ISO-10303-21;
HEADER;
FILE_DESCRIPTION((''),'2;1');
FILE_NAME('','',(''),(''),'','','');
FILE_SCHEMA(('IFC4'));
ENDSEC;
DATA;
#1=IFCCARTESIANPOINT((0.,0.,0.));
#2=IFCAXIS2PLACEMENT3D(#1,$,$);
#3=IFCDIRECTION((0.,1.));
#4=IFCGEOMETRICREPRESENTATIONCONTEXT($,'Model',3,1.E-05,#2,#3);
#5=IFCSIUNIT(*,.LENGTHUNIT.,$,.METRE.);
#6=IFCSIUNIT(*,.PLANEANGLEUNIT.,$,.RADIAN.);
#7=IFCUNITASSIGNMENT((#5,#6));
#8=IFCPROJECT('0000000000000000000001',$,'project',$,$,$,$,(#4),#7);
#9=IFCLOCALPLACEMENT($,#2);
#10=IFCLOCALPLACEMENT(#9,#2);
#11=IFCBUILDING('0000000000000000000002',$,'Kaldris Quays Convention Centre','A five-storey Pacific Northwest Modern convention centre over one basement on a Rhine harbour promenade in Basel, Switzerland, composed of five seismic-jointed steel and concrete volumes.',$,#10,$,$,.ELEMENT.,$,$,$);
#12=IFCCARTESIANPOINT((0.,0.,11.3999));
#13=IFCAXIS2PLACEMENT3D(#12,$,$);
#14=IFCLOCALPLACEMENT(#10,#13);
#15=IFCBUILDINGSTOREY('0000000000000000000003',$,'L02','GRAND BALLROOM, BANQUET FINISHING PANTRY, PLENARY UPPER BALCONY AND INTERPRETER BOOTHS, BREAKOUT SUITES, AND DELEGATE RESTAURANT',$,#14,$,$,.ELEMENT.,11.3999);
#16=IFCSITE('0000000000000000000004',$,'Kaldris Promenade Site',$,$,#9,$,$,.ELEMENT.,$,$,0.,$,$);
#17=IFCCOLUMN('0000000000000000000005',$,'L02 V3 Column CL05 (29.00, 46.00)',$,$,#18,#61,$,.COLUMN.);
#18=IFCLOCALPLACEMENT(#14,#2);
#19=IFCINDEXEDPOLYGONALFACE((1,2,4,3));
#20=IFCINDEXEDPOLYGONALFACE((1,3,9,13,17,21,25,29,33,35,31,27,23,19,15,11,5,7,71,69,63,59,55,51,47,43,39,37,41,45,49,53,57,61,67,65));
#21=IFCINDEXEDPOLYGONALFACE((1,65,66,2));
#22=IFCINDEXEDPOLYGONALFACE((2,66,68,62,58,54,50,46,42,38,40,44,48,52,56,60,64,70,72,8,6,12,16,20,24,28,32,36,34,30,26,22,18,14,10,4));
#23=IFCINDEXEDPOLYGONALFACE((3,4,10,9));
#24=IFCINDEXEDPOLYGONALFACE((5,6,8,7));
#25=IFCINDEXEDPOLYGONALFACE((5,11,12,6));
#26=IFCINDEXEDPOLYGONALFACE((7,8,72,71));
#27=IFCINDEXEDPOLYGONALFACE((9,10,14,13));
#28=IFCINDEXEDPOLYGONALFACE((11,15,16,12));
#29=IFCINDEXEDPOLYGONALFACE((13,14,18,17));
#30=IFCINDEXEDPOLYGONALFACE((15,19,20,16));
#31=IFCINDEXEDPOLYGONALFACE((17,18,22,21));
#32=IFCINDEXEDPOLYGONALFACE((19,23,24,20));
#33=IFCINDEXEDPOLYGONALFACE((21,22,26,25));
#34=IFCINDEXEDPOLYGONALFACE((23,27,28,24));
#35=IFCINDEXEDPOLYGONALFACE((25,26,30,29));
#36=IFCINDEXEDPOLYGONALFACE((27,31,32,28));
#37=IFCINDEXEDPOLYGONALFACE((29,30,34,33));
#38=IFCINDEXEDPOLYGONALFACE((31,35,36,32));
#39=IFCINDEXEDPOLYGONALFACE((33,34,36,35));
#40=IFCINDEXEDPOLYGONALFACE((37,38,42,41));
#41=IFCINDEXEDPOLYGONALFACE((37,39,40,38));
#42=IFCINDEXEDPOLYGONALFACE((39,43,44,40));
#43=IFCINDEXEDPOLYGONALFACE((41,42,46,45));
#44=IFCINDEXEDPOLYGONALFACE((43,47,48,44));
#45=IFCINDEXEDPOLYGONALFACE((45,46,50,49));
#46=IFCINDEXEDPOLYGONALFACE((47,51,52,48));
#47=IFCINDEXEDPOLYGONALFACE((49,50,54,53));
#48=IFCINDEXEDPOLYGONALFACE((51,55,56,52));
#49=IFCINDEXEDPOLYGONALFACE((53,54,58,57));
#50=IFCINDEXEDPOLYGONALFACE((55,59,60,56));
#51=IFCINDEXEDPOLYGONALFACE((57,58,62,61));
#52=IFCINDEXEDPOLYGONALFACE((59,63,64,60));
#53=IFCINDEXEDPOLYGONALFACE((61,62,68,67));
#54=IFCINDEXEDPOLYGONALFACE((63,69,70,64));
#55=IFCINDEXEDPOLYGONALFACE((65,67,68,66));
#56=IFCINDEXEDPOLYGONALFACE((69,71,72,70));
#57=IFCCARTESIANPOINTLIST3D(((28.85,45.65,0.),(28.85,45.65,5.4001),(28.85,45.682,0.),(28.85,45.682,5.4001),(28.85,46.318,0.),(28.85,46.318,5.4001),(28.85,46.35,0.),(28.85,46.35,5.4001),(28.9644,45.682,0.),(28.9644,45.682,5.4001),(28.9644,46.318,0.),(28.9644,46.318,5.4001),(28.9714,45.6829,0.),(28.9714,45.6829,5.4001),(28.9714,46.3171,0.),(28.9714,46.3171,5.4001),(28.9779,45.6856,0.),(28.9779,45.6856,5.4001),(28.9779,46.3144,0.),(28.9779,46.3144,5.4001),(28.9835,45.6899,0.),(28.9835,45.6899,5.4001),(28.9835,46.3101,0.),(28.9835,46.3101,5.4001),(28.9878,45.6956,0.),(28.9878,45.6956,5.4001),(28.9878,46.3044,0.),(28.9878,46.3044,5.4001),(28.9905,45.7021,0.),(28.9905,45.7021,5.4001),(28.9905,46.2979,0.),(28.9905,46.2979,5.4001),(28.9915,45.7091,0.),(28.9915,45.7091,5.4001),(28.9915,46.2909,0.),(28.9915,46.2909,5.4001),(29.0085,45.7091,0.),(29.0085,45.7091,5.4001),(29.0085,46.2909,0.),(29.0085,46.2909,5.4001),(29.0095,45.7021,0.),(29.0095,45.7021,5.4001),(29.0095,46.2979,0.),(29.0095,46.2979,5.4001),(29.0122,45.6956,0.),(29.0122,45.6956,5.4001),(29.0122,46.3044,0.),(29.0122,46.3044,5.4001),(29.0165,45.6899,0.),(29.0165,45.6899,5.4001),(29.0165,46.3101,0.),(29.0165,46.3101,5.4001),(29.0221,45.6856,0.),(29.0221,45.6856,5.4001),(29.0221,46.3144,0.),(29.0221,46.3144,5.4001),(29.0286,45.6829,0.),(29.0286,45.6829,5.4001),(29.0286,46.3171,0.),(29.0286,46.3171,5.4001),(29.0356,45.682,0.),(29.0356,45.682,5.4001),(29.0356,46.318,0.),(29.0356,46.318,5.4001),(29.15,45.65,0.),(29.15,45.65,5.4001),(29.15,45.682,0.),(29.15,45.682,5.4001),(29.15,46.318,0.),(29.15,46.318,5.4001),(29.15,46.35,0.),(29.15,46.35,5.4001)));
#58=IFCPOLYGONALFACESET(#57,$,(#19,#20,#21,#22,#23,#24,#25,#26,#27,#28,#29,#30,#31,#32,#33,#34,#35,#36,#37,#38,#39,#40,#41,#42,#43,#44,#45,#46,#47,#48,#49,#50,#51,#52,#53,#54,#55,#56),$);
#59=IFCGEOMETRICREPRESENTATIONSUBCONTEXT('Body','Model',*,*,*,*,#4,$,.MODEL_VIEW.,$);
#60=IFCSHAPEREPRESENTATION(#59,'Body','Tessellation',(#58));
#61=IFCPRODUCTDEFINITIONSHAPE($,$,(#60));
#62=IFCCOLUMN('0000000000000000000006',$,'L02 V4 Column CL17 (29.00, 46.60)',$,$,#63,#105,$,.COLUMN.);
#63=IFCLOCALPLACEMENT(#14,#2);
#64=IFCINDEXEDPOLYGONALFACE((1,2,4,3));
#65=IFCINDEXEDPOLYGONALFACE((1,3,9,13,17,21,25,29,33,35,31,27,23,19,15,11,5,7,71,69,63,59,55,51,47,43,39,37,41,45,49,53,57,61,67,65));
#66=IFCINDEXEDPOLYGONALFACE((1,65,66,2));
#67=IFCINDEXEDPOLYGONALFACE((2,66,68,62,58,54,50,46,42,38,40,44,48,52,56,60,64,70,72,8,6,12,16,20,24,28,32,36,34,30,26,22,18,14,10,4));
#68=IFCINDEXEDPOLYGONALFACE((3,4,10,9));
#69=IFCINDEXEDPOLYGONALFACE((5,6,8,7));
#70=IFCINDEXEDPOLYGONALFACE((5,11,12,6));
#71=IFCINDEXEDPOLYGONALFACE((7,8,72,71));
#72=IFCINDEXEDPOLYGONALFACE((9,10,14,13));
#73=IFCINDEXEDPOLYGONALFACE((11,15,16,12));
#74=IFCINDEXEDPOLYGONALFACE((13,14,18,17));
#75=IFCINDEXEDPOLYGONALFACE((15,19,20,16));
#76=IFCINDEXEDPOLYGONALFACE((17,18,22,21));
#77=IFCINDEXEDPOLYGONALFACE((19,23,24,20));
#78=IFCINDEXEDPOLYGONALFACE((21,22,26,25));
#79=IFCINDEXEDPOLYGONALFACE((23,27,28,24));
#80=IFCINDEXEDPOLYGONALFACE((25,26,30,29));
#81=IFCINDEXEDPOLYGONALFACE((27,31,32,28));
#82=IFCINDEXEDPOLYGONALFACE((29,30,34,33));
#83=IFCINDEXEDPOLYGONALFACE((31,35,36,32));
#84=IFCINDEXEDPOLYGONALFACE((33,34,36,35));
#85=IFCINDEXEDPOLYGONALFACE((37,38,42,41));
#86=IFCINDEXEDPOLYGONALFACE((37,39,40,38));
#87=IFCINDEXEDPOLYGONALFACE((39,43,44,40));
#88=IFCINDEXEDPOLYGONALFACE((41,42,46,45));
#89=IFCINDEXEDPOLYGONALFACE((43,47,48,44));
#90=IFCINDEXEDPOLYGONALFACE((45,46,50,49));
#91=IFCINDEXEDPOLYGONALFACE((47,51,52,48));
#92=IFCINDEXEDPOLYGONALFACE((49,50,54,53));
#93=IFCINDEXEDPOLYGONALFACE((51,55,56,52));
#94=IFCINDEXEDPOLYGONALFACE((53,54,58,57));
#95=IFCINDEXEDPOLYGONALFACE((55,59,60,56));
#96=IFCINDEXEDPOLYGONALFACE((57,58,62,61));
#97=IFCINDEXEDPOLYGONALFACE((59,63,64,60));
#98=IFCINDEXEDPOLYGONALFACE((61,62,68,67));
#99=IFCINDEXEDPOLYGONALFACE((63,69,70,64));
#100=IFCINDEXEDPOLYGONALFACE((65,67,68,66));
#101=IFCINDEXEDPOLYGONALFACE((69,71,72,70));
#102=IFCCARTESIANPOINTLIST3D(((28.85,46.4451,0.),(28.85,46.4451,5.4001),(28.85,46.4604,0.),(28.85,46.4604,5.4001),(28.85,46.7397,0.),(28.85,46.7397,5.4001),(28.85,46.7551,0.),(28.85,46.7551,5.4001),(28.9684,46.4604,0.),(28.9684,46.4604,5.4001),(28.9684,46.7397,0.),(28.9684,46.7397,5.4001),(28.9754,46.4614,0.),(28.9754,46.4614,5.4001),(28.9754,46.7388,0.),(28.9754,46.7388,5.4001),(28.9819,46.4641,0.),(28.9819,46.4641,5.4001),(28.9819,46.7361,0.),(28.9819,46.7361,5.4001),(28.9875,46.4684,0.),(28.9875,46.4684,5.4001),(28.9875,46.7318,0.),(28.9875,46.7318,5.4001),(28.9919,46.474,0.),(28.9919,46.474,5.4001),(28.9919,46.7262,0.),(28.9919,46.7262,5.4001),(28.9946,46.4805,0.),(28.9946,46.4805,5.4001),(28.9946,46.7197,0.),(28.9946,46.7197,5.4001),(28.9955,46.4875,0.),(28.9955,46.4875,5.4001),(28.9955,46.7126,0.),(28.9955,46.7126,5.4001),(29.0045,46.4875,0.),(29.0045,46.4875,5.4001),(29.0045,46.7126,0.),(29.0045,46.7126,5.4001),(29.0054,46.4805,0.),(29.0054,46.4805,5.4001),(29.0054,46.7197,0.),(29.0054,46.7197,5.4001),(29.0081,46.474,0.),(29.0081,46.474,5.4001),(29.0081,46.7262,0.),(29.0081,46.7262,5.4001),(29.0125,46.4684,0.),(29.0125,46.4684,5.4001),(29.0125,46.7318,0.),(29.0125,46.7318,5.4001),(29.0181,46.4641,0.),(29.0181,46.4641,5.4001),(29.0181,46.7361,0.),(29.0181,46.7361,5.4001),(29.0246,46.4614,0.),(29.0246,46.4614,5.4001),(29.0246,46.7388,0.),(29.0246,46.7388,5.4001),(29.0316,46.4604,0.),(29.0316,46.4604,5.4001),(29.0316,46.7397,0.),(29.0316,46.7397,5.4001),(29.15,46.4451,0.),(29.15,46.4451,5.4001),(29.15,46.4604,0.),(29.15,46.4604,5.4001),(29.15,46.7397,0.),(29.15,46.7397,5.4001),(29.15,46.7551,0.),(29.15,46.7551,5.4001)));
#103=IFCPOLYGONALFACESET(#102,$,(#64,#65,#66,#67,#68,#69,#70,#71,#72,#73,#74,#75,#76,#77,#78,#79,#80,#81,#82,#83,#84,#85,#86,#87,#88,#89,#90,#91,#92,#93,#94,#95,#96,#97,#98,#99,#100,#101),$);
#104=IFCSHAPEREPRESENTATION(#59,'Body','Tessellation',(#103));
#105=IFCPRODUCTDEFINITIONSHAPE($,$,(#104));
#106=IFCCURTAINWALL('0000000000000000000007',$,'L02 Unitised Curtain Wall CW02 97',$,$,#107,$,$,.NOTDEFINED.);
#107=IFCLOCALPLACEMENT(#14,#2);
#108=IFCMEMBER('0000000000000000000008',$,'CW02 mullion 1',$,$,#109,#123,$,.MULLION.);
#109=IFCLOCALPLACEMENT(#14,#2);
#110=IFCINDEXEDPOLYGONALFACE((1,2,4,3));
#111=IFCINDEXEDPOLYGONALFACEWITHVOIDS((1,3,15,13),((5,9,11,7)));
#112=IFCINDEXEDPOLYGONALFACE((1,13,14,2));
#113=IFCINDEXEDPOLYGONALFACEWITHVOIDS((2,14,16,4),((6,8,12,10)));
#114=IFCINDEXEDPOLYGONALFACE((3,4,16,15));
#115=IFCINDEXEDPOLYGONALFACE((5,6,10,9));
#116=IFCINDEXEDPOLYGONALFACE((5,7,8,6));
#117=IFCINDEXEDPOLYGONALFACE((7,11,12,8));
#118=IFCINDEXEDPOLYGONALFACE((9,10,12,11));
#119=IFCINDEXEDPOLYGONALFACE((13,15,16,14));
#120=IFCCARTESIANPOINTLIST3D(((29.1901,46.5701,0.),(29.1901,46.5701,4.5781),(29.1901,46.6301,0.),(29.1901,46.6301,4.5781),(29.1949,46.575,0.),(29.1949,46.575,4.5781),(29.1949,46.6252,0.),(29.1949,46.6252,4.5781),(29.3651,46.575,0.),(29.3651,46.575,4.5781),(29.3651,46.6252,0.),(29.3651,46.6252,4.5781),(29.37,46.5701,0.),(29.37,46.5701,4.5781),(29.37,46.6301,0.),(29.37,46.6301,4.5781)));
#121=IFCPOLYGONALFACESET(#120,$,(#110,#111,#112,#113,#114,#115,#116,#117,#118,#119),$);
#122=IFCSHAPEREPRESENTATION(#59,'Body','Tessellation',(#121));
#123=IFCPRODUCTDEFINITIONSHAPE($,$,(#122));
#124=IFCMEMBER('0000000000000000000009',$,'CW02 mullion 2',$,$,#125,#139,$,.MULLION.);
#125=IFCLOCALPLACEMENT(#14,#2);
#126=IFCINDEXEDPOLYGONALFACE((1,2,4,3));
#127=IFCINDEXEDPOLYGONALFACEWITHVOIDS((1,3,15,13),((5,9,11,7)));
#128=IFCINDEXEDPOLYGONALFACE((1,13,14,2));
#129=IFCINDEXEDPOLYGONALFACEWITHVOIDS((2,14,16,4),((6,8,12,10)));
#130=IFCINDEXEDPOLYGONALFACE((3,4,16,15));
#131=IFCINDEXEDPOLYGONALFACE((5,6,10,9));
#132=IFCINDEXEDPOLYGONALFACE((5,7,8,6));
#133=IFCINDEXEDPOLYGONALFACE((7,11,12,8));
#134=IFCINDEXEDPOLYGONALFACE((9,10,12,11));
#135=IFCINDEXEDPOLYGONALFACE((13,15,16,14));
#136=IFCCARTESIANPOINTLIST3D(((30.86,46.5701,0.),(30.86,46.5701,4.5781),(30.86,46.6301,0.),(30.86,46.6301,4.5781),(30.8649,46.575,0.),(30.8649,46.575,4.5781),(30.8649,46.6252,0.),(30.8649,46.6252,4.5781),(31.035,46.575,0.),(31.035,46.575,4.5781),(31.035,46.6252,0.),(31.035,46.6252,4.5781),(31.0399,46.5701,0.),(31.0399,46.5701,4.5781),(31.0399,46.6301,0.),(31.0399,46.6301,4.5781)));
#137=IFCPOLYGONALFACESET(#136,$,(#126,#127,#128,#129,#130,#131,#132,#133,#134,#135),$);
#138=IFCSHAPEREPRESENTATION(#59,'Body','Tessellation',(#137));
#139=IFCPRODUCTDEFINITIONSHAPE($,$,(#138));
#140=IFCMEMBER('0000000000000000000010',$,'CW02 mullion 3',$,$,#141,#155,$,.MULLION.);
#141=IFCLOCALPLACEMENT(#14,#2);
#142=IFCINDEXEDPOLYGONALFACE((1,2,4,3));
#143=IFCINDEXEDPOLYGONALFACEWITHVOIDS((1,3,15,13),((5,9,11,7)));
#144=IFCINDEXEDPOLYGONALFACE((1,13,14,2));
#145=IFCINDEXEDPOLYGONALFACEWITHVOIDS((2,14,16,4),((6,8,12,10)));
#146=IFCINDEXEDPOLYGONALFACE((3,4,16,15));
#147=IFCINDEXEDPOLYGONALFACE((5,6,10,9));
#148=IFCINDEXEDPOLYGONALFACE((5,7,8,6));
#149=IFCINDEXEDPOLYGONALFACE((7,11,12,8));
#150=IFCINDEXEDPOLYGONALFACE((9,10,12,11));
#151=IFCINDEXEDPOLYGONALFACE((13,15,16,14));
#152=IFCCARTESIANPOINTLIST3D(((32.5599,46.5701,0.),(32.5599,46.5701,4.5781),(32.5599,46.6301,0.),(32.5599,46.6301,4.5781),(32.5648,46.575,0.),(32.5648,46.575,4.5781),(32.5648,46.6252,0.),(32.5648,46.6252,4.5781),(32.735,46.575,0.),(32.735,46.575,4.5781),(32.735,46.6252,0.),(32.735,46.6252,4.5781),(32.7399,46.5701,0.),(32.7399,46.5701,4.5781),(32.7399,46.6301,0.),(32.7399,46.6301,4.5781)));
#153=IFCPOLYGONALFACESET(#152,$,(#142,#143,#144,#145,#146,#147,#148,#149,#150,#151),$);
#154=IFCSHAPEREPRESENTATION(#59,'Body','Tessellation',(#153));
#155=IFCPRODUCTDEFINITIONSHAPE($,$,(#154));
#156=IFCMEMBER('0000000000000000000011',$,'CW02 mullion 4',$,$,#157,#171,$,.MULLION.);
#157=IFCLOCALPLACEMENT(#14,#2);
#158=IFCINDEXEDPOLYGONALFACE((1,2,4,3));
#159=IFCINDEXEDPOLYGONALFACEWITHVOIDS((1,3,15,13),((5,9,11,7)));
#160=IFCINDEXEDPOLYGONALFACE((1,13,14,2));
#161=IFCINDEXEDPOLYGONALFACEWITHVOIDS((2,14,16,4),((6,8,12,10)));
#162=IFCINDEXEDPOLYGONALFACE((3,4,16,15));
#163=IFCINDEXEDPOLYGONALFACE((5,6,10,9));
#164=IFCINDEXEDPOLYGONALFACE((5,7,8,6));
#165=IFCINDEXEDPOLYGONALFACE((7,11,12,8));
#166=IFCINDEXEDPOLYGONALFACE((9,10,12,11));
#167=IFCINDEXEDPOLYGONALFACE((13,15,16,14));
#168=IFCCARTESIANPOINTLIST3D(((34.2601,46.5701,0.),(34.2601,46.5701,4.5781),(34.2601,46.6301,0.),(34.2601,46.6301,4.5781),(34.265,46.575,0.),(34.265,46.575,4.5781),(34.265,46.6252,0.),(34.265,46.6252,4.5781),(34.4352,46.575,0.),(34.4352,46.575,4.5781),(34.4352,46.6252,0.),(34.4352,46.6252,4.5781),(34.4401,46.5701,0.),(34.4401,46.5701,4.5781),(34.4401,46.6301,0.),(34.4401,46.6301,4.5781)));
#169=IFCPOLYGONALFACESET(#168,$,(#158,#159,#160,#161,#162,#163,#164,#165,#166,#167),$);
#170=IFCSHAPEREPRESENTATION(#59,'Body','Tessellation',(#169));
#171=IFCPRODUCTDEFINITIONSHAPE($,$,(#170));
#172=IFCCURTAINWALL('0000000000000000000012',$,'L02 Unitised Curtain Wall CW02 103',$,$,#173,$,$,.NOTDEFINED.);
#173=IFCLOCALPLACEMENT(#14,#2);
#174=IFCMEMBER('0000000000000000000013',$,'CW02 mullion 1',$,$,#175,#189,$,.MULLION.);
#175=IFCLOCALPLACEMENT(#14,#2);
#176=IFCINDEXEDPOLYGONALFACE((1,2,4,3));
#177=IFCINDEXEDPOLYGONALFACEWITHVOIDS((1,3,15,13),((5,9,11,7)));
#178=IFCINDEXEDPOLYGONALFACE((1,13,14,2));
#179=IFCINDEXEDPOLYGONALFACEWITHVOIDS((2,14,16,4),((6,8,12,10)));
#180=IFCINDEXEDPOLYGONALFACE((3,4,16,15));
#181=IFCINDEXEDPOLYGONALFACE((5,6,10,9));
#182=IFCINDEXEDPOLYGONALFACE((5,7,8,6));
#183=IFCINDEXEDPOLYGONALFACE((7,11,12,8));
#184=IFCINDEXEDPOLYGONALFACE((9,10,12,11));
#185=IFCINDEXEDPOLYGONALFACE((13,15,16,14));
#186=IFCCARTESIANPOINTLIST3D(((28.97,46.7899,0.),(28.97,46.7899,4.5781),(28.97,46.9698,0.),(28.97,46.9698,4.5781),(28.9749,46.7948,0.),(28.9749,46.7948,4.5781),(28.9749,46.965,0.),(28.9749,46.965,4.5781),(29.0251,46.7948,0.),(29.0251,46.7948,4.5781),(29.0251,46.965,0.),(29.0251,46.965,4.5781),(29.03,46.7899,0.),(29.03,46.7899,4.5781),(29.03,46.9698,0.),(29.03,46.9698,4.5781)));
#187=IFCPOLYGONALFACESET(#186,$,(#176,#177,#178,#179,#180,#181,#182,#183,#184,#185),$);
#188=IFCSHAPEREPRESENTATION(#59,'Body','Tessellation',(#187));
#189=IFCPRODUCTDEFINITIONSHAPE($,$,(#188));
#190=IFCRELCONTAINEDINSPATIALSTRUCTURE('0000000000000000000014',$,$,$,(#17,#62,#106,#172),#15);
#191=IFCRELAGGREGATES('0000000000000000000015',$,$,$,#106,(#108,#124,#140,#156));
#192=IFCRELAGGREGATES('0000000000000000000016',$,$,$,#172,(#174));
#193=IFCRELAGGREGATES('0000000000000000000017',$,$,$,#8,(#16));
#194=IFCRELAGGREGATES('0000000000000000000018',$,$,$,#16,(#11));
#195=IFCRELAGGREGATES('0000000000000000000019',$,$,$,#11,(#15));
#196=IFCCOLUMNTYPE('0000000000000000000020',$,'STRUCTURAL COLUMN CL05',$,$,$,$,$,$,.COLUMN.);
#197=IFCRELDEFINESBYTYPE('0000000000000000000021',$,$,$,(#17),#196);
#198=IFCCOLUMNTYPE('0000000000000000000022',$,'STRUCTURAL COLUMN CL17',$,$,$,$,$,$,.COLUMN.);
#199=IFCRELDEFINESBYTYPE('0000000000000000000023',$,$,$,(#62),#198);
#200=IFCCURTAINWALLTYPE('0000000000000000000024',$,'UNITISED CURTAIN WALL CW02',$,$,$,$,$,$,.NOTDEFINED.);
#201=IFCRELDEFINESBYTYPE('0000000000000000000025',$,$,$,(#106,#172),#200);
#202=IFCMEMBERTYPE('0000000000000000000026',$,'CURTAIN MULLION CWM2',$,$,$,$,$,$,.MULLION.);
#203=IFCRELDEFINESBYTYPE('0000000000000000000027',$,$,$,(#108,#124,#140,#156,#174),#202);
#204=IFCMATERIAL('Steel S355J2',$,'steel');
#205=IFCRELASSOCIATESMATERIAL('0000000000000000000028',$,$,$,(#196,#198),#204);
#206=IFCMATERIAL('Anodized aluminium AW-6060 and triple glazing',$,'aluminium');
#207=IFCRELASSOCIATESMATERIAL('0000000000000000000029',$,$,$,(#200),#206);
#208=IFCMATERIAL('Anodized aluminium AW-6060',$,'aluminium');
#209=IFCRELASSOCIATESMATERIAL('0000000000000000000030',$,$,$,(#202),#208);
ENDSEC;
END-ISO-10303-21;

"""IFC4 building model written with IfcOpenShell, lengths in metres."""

from ifc_helpers import new_model, si_unit, direction, frame, origin, origin_2d, place, context, subcontext, project, spatial, hollow_rectangle, i_section, extrude, material, material_profile, profile_set, type_object, element, aggregate, save


model = new_model("IFC4")

# Units and contexts
model_context = context("Model", 3, precision=1e-05, world=origin(), true_north=direction((0.0, 1.0)))
body_context = subcontext(model_context, "Body", "Model", "MODEL_VIEW")
ifc_project = project(units=[si_unit("LENGTHUNIT", "METRE"), si_unit("PLANEANGLEUNIT", "RADIAN")], contexts=[model_context])

# Site, building, storey
site_placement = place(None, origin())
site = spatial("IfcSite", under=ifc_project, at=site_placement, Name="Kaldris Promenade Site", CompositionType="ELEMENT", RefElevation=0.0)
building_placement = place(site_placement, origin())
building = spatial("IfcBuilding", under=site, at=building_placement, Name="Kaldris Quays Convention Centre", Description="A five-storey Pacific Northwest Modern convention centre over one basement on a Rhine harbour promenade in Basel, Switzerland, composed of five seismic-jointed steel and concrete volumes.", CompositionType="ELEMENT")
storey_placement = place(building_placement, frame((0.0, 0.0, 11.3999)))
storey = spatial("IfcBuildingStorey", under=building, at=storey_placement, Name="L02", Description="GRAND BALLROOM, BANQUET FINISHING PANTRY, PLENARY UPPER BALCONY AND INTERPRETER BOOTHS, BREAKOUT SUITES, AND DELEGATE RESTAURANT", CompositionType="ELEMENT", Elevation=11.3999)

# Columns
ifc_material_1 = material(Name="Steel S355J2", Category="steel")
ifc_material_profile_1 = material_profile(ifc_material_1, i_section(OverallWidth=0.3, OverallDepth=0.7, WebThickness=0.0171, FlangeThickness=0.032, FilletRadius=0.0271, at=origin_2d()), Name="HEB 700")
ifc_profile_set_1 = profile_set([ifc_material_profile_1], Name="Steel S355J2")
column_type_1 = type_object("IfcColumnType", Name="STRUCTURAL COLUMN CL05", PredefinedType="COLUMN", material=ifc_profile_set_1)
column_1_placement = place(storey_placement, frame((29.0, 46.0, 0.0), z_axis=(0.0, 0.0, 1.0), x_axis=(1.0, 0.0, 0.0)))
element("IfcColumn", 1, at=column_1_placement, inside=storey, type_object=column_type_1, Name="L02 V3 Column CL05 (29.00, 46.00)", PredefinedType="COLUMN", context=body_context, shape_type="SweptSolid", body=[
    extrude(i_section(OverallWidth=0.3, OverallDepth=0.7, WebThickness=0.0171, FlangeThickness=0.032, FilletRadius=0.0271, at=origin_2d()), origin(), (0.0, 0.0, 1.0), 5.4001),
])
ifc_material_profile_2 = material_profile(ifc_material_1, i_section(OverallWidth=0.3, OverallDepth=0.3101, WebThickness=0.009, FlangeThickness=0.0154, FilletRadius=0.0271, at=origin_2d()), Name="HEA 320")
ifc_profile_set_2 = profile_set([ifc_material_profile_2], Name="Steel S355J2")
column_type_2 = type_object("IfcColumnType", Name="STRUCTURAL COLUMN CL17", PredefinedType="COLUMN", material=ifc_profile_set_2)
column_2_placement = place(storey_placement, frame((29.0, 46.6001, 0.0), z_axis=(0.0, 0.0, 1.0), x_axis=(1.0, 0.0, 0.0)))
element("IfcColumn", 2, at=column_2_placement, inside=storey, type_object=column_type_2, Name="L02 V4 Column CL17 (29.00, 46.60)", PredefinedType="COLUMN", context=body_context, shape_type="SweptSolid", body=[
    extrude(i_section(OverallWidth=0.3, OverallDepth=0.3101, WebThickness=0.009, FlangeThickness=0.0154, FilletRadius=0.0271, at=origin_2d()), origin(), (0.0, 0.0, 1.0), 5.4001),
])

# Curtain walls, members
ifc_material_2 = material(Name="Anodized aluminium AW-6060 and triple glazing", Category="aluminium")
curtain_wall_type = type_object("IfcCurtainWallType", Name="UNITISED CURTAIN WALL CW02", PredefinedType="NOTDEFINED", material=ifc_material_2)
curtain_wall_1_placement = place(storey_placement, origin())
curtain_wall_1 = element("IfcCurtainWall", 3, at=curtain_wall_1_placement, inside=storey, type_object=curtain_wall_type, Name="L02 Unitised Curtain Wall CW02 97", PredefinedType="NOTDEFINED")
ifc_material_3 = material(Name="Anodized aluminium AW-6060", Category="aluminium")
ifc_material_profile_3 = material_profile(ifc_material_3, hollow_rectangle(XDim=0.0601, YDim=0.1799, WallThickness=0.0049, at=origin_2d()), Name="RHS 180x60x5")
ifc_profile_set_3 = profile_set([ifc_material_profile_3], Name="Anodized aluminium AW-6060")
member_type_1 = type_object("IfcMemberType", Name="CURTAIN MULLION CWM2", PredefinedType="MULLION", material=ifc_profile_set_3)
member_1_placement = place(storey_placement, frame((29.28, 46.6001, 0.0), z_axis=(0.0, 0.0, 1.0), x_axis=(0.0, 1.0, 0.0)))
member_1 = element("IfcMember", 4, at=member_1_placement, type_object=member_type_1, Name="CW02 mullion 1", PredefinedType="MULLION", context=body_context, shape_type="SweptSolid", body=[
    extrude(hollow_rectangle(XDim=0.0601, YDim=0.1799, WallThickness=0.0049, at=origin_2d()), origin(), (0.0, 0.0, 1.0), 4.5781),
])
member_2_placement = place(storey_placement, frame((30.95, 46.6001, 0.0), z_axis=(0.0, 0.0, 1.0), x_axis=(0.0, 1.0, 0.0)))
member_2 = element("IfcMember", 5, at=member_2_placement, type_object=member_type_1, Name="CW02 mullion 2", PredefinedType="MULLION", context=body_context, shape_type="SweptSolid", body=[
    extrude(hollow_rectangle(XDim=0.0601, YDim=0.1799, WallThickness=0.0049, at=origin_2d()), origin(), (0.0, 0.0, 1.0), 4.5781),
])
member_3_placement = place(storey_placement, frame((32.6499, 46.6001, 0.0), z_axis=(0.0, 0.0, 1.0), x_axis=(0.0, 1.0, 0.0)))
member_3 = element("IfcMember", 6, at=member_3_placement, type_object=member_type_1, Name="CW02 mullion 3", PredefinedType="MULLION", context=body_context, shape_type="SweptSolid", body=[
    extrude(hollow_rectangle(XDim=0.0601, YDim=0.1799, WallThickness=0.0049, at=origin_2d()), origin(), (0.0, 0.0, 1.0), 4.5781),
])
member_4_placement = place(storey_placement, frame((34.3501, 46.6001, 0.0), z_axis=(0.0, 0.0, 1.0), x_axis=(0.0, 1.0, 0.0)))
member_4 = element("IfcMember", 7, at=member_4_placement, type_object=member_type_1, Name="CW02 mullion 4", PredefinedType="MULLION", context=body_context, shape_type="SweptSolid", body=[
    extrude(hollow_rectangle(XDim=0.0601, YDim=0.1799, WallThickness=0.0049, at=origin_2d()), origin(), (0.0, 0.0, 1.0), 4.5781),
])
curtain_wall_2_placement = place(storey_placement, origin())
curtain_wall_2 = element("IfcCurtainWall", 8, at=curtain_wall_2_placement, inside=storey, type_object=curtain_wall_type, Name="L02 Unitised Curtain Wall CW02 103", PredefinedType="NOTDEFINED")
member_5_placement = place(storey_placement, frame((29.0, 46.8799, 0.0), z_axis=(0.0, 0.0, 1.0), x_axis=(-1.0, 0.0, 0.0)))
member_5 = element("IfcMember", 9, at=member_5_placement, type_object=member_type_1, Name="CW02 mullion 1", PredefinedType="MULLION", context=body_context, shape_type="SweptSolid", body=[
    extrude(hollow_rectangle(XDim=0.0601, YDim=0.1799, WallThickness=0.0049, at=origin_2d()), origin(), (0.0, 0.0, 1.0), 4.5781),
])

aggregate(curtain_wall_1, [member_1, member_2, member_3, member_4])
aggregate(curtain_wall_2, [member_5])

save(model, "model.ifc")
